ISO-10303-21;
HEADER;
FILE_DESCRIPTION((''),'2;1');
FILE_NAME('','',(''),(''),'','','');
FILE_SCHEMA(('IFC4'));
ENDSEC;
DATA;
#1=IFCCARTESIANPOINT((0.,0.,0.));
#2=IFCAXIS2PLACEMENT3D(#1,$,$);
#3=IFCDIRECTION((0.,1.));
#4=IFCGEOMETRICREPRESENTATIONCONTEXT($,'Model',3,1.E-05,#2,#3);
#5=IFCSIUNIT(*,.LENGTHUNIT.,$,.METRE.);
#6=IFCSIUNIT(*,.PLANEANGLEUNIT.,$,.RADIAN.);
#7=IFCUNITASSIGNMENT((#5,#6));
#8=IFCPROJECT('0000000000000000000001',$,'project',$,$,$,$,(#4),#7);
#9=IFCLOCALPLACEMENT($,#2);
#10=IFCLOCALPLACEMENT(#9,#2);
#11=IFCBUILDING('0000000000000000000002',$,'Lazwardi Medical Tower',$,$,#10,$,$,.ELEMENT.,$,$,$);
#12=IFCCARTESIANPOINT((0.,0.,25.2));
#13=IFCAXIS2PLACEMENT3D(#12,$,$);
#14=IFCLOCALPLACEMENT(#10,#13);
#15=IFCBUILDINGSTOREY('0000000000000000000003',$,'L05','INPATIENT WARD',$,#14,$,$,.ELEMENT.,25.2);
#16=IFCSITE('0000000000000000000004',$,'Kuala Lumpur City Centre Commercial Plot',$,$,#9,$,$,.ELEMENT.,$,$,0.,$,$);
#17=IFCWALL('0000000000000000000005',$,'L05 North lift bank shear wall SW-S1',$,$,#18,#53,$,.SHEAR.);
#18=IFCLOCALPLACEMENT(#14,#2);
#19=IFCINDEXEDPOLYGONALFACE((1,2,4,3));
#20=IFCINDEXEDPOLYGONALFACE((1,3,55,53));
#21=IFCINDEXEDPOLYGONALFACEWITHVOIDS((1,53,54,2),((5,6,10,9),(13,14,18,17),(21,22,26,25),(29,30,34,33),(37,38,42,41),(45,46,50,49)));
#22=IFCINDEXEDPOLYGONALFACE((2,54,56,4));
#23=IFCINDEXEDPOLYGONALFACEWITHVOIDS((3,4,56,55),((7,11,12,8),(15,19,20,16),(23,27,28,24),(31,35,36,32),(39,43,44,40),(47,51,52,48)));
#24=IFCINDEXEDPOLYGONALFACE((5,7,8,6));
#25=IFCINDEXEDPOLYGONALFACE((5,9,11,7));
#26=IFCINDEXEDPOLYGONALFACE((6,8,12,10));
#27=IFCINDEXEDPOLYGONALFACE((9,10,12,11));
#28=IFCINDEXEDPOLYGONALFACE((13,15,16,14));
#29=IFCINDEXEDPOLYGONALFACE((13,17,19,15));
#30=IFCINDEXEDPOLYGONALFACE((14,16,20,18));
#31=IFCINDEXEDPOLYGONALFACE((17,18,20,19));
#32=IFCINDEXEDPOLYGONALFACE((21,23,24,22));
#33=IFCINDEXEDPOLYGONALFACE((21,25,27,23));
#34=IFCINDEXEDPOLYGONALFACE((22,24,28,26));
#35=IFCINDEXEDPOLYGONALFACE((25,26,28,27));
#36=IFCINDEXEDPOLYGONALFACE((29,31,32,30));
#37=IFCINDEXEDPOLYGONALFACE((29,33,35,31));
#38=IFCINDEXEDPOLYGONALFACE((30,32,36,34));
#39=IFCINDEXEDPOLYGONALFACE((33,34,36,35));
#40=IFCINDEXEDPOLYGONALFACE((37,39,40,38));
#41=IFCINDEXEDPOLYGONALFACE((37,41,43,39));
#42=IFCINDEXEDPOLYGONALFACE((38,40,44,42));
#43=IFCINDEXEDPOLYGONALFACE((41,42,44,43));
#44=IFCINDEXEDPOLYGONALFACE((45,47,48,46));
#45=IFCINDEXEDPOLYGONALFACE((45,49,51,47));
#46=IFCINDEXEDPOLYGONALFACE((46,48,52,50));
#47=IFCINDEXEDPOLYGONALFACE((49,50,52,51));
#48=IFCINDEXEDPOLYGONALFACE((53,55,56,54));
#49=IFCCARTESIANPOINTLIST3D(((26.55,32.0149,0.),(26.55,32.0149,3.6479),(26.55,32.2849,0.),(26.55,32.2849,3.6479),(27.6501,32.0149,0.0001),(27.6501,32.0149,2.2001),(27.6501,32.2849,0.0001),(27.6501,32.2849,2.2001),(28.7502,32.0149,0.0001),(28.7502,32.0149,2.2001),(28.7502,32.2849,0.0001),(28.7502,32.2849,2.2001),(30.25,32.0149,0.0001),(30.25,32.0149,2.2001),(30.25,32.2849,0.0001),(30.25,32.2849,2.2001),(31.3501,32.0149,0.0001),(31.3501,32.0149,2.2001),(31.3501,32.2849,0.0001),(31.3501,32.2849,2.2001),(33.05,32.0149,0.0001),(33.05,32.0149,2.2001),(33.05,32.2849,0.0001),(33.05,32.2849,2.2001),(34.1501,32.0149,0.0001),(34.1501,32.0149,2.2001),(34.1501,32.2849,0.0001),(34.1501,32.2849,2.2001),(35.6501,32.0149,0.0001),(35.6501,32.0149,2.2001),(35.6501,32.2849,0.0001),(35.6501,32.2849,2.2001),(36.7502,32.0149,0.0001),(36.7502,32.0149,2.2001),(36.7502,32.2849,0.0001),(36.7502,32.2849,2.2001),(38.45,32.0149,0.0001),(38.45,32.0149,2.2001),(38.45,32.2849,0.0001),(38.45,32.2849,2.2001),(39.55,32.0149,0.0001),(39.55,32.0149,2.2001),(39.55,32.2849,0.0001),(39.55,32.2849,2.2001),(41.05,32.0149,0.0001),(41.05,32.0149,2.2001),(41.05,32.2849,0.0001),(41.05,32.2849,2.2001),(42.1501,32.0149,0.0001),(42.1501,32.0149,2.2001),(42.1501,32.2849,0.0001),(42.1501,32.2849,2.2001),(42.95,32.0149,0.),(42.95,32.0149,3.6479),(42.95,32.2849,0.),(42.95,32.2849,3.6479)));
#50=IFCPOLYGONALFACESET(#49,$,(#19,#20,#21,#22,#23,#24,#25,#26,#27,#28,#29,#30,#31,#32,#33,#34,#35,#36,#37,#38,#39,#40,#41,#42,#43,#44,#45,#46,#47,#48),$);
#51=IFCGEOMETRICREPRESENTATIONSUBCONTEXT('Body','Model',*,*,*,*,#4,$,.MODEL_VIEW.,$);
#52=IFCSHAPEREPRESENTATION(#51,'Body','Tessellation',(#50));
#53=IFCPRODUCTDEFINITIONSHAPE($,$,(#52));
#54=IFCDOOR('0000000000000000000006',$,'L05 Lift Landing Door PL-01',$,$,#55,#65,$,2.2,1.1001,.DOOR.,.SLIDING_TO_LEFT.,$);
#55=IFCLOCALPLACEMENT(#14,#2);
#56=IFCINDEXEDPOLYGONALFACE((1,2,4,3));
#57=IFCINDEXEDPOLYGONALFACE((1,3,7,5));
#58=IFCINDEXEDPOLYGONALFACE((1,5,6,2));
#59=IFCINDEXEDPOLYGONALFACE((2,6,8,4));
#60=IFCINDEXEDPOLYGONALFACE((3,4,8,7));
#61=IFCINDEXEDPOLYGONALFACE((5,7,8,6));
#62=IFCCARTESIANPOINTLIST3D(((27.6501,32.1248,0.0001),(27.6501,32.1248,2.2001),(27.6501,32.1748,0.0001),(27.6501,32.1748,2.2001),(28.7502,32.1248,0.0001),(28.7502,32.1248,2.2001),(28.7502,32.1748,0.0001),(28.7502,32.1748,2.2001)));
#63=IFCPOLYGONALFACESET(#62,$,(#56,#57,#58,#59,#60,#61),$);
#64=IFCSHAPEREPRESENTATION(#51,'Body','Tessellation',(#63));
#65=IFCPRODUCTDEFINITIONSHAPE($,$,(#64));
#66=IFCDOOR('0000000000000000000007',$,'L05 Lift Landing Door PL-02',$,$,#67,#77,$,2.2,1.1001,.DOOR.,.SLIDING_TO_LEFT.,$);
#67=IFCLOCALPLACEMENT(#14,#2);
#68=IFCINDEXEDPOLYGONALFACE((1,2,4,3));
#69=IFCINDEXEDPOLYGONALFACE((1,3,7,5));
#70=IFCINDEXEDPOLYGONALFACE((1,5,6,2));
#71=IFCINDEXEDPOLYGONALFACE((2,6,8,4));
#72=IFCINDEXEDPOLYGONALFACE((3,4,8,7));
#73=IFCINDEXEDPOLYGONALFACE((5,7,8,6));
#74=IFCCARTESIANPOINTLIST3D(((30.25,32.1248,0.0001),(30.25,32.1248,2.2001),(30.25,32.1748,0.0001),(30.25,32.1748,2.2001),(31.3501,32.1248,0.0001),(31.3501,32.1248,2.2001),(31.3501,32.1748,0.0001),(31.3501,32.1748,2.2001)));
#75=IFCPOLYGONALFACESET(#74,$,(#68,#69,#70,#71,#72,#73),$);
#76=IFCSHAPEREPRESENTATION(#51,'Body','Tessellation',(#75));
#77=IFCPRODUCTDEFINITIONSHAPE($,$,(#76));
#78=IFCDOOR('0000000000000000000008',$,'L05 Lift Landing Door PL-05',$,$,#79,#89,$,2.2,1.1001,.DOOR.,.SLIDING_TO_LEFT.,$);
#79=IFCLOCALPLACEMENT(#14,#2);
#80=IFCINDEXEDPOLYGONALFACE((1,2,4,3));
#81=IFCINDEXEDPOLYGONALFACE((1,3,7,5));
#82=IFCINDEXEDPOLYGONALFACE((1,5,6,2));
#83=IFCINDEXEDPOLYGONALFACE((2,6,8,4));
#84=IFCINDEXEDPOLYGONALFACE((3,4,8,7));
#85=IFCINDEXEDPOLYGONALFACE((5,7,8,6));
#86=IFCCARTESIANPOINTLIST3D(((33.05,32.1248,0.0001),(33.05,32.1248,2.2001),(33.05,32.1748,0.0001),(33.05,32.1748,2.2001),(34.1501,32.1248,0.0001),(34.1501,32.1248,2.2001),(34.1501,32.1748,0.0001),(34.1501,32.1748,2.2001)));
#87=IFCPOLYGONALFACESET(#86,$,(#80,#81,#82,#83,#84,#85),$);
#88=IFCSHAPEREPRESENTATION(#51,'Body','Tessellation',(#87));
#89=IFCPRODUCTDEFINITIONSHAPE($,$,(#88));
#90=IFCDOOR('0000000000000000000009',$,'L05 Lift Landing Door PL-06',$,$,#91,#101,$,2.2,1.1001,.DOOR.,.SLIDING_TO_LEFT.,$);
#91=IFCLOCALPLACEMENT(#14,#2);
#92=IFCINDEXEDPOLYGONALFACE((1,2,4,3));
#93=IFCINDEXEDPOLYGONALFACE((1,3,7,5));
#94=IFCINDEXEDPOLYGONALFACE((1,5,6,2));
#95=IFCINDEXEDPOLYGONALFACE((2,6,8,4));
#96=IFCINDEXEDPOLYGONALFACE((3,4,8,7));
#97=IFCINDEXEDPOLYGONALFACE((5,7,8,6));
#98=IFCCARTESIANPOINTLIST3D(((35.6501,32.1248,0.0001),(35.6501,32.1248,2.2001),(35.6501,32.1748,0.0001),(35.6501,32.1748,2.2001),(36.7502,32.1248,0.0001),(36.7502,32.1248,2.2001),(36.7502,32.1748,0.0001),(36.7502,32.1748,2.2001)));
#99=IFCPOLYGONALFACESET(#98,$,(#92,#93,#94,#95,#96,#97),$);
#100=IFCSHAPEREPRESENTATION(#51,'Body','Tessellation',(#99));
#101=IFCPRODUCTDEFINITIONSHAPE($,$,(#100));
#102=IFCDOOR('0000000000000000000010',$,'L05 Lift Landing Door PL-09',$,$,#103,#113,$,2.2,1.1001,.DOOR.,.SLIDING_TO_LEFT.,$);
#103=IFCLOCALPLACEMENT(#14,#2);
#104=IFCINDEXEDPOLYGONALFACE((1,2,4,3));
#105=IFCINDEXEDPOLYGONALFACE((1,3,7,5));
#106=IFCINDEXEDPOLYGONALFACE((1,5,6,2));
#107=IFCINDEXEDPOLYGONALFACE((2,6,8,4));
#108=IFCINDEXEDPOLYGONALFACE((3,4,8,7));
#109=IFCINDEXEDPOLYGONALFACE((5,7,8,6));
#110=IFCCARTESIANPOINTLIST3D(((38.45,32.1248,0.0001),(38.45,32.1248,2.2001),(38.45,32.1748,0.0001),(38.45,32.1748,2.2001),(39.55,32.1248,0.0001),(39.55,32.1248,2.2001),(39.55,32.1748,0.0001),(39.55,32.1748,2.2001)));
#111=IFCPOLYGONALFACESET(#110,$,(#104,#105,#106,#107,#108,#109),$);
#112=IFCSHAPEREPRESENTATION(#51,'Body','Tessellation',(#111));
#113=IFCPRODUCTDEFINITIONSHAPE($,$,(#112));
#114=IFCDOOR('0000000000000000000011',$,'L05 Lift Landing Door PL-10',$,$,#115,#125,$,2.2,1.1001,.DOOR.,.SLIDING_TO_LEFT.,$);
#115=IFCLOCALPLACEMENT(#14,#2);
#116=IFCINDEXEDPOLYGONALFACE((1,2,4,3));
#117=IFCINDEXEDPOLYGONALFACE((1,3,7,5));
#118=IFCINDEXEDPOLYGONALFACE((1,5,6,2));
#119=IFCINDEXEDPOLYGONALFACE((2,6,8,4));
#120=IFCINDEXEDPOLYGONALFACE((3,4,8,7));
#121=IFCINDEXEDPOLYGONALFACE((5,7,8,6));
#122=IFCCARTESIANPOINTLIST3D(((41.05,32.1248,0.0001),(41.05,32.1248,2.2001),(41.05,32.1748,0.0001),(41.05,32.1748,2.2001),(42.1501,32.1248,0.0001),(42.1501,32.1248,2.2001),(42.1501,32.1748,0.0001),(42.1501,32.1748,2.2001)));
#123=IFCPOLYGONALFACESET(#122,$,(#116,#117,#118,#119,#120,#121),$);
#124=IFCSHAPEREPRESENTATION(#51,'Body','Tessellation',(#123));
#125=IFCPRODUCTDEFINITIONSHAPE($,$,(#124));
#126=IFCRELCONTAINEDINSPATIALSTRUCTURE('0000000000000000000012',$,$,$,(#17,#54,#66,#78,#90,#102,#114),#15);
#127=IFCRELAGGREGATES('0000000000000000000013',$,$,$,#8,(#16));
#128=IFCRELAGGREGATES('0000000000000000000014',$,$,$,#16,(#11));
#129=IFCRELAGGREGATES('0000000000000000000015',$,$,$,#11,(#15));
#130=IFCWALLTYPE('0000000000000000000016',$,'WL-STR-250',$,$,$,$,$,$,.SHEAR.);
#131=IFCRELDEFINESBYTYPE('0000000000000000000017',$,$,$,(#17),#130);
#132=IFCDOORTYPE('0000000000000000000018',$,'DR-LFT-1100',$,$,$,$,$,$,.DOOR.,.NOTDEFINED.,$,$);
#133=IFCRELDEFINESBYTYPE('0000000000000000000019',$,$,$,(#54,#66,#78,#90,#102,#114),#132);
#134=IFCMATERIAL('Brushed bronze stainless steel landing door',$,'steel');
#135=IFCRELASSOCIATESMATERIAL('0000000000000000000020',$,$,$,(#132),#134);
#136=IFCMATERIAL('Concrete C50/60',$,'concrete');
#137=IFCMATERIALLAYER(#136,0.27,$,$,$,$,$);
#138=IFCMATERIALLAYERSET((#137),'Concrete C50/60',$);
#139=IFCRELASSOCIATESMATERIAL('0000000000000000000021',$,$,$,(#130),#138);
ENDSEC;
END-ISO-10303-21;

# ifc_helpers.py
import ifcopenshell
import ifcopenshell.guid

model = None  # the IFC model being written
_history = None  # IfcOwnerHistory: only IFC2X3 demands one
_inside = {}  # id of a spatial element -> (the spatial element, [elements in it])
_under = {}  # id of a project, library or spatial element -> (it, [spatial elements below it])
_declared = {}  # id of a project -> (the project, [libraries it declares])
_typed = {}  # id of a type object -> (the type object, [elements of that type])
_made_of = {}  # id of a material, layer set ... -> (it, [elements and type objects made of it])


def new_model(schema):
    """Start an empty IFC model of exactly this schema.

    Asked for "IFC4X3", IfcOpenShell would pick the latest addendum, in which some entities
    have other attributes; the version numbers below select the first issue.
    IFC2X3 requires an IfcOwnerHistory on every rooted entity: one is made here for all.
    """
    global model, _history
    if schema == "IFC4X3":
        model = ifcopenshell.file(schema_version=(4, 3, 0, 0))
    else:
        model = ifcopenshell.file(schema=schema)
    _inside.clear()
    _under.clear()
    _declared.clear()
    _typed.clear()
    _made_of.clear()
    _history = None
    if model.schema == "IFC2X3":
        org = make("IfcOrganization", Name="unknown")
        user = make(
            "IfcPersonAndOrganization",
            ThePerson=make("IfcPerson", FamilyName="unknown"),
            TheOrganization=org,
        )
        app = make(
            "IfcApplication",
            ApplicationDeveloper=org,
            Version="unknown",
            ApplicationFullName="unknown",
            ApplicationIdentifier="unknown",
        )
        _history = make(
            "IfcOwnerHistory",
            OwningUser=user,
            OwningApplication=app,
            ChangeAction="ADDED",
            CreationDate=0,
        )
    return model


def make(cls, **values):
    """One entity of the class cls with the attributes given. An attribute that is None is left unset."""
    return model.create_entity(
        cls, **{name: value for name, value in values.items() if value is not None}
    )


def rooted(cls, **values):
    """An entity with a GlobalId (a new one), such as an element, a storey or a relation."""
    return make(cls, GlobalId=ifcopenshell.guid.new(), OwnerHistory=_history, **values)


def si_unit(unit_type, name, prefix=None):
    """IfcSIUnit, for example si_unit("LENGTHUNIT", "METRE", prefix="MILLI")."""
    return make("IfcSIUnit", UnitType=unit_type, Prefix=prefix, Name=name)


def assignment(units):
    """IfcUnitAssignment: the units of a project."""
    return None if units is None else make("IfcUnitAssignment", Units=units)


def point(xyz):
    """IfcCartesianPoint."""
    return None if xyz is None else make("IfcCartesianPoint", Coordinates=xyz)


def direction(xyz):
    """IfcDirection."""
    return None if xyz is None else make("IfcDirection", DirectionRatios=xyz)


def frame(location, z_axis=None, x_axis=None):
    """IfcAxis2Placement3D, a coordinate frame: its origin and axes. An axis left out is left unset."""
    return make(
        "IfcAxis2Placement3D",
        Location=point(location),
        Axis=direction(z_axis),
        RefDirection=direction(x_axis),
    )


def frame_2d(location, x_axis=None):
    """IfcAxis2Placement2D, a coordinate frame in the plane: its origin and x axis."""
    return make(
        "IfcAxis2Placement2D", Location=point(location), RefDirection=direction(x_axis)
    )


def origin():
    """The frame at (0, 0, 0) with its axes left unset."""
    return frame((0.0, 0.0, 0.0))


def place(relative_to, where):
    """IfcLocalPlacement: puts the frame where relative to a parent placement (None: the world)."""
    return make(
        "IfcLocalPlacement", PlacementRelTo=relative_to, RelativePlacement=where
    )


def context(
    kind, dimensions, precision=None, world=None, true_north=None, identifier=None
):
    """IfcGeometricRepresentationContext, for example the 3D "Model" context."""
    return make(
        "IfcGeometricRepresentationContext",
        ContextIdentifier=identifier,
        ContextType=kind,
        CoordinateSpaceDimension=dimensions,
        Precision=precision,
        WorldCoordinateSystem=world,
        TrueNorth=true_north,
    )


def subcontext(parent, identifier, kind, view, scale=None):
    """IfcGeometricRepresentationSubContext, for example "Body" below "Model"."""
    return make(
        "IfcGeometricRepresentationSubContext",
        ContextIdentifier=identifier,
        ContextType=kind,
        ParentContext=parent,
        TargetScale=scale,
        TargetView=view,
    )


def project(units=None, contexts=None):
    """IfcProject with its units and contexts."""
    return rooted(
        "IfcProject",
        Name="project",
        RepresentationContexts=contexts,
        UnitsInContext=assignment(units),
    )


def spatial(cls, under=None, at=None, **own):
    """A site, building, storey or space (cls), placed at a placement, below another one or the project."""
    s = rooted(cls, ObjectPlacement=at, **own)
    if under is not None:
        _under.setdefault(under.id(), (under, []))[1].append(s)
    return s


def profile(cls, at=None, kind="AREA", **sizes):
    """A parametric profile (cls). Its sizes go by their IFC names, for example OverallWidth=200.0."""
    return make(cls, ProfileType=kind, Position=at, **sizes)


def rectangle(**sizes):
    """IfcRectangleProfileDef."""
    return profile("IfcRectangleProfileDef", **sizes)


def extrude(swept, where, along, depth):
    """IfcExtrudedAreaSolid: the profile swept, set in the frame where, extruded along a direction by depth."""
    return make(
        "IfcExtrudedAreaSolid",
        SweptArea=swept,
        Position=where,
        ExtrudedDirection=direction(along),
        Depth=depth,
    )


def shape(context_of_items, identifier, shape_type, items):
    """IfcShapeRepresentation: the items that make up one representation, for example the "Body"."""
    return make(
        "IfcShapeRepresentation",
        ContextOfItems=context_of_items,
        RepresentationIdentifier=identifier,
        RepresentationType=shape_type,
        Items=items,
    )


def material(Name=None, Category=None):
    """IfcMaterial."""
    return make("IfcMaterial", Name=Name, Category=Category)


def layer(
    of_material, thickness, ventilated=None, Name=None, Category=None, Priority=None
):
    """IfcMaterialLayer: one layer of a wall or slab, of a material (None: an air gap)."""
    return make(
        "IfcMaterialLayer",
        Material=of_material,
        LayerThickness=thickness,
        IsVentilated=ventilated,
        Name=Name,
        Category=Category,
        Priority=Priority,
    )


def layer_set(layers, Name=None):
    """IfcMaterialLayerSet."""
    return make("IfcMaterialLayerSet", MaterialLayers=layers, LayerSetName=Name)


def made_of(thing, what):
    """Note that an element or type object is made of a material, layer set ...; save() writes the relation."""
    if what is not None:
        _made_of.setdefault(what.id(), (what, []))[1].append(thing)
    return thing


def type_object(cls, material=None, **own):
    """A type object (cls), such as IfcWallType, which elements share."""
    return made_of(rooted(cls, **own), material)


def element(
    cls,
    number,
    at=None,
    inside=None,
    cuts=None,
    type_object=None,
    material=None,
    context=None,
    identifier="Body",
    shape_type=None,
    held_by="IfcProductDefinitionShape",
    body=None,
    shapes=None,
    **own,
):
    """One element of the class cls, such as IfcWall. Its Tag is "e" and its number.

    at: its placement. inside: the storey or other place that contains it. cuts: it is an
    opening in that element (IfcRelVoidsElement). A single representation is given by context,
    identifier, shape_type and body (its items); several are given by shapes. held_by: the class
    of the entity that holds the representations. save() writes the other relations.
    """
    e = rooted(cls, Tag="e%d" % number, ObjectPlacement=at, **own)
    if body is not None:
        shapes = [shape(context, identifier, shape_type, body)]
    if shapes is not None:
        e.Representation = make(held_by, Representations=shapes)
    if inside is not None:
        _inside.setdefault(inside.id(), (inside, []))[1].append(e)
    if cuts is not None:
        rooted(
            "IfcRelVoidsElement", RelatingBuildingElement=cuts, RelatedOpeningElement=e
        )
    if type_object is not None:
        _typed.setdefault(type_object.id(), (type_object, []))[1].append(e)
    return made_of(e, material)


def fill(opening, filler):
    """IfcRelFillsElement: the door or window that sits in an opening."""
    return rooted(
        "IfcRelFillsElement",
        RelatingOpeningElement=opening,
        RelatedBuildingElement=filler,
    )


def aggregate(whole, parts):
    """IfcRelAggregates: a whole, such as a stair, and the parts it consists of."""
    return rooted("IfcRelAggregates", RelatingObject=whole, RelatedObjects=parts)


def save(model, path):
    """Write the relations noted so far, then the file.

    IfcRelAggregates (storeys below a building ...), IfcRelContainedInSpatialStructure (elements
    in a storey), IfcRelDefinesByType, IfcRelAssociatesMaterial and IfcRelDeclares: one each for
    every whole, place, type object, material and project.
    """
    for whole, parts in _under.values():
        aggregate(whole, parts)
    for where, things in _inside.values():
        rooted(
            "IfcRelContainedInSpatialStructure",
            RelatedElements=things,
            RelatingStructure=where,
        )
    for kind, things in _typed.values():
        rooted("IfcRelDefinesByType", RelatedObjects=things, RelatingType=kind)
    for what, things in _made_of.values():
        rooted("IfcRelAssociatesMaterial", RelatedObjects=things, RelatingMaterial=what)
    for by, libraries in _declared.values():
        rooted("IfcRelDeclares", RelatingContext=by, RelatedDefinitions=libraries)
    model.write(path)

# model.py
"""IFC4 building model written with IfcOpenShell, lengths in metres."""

from ifc_helpers import new_model, si_unit, direction, frame, frame_2d, origin, place, context, subcontext, project, spatial, rectangle, extrude, material, layer, layer_set, type_object, element, fill, save


model = new_model("IFC4")

# Units and contexts
model_context = context("Model", 3, precision=1e-05, world=origin(), true_north=direction((0.0, 1.0)))
body_context = subcontext(model_context, "Body", "Model", "MODEL_VIEW")
ifc_project = project(units=[si_unit("LENGTHUNIT", "METRE"), si_unit("PLANEANGLEUNIT", "RADIAN")], contexts=[model_context])

# Site, building, storey
site_placement = place(None, origin())
site = spatial("IfcSite", under=ifc_project, at=site_placement, Name="Kuala Lumpur City Centre Commercial Plot", CompositionType="ELEMENT", RefElevation=0.0)
building_placement = place(site_placement, origin())
building = spatial("IfcBuilding", under=site, at=building_placement, Name="Lazwardi Medical Tower", CompositionType="ELEMENT")
storey_placement = place(building_placement, frame((0.0, 0.0, 25.2)))
storey = spatial("IfcBuildingStorey", under=building, at=storey_placement, Name="L05", Description="INPATIENT WARD", CompositionType="ELEMENT", Elevation=25.2)

# Shared definitions
ifc_material_1 = material(Name="Brushed bronze stainless steel landing door", Category="steel")
door_type_1 = type_object("IfcDoorType", Name="DR-LFT-1100", OperationType="NOTDEFINED", PredefinedType="DOOR", material=ifc_material_1)

# Shared definitions
ifc_material_2 = material(Name="Concrete C50/60", Category="concrete")
ifc_layer_1 = layer(ifc_material_2, 0.27)
ifc_layer_set_1 = layer_set([ifc_layer_1], Name="Concrete C50/60")
wall_type_1 = type_object("IfcWallType", Name="WL-STR-250", PredefinedType="SHEAR", material=ifc_layer_set_1)

# Wall, openings, doors
wall_1_placement = place(storey_placement, frame((26.55, 32.1499, 0.0), z_axis=(0.0, 0.0, 1.0), x_axis=(1.0, 0.0, 0.0)))
wall_1 = element("IfcWall", 1, at=wall_1_placement, inside=storey, type_object=wall_type_1, Name="L05 North lift bank shear wall SW-S1", PredefinedType="SHEAR", context=body_context, shape_type="SweptSolid", body=[
    extrude(rectangle(XDim=16.3999, YDim=0.27, at=frame_2d((8.2, 0.0))), origin(), (0.0, 0.0, 1.0), 3.6479),
])
opening_1_placement = place(wall_1_placement, frame((1.1001, 0.0, 0.0)))
opening_1 = element("IfcOpeningElement", 2, at=opening_1_placement, cuts=wall_1, PredefinedType="OPENING", context=body_context, shape_type="SweptSolid", body=[
    extrude(rectangle(XDim=1.1001, YDim=2.2, at=frame_2d((0.55, 1.1001))), frame((0.0, 0.145, 0.0), z_axis=(0.0, -1.0, 0.0), x_axis=(1.0, 0.0, 0.0)), (0.0, 0.0, 1.0), 0.29),
])
opening_2_placement = place(wall_1_placement, frame((3.7, 0.0, 0.0)))
opening_2 = element("IfcOpeningElement", 3, at=opening_2_placement, cuts=wall_1, PredefinedType="OPENING", context=body_context, shape_type="SweptSolid", body=[
    extrude(rectangle(XDim=1.1001, YDim=2.2, at=frame_2d((0.55, 1.1001))), frame((0.0, 0.145, 0.0), z_axis=(0.0, -1.0, 0.0), x_axis=(1.0, 0.0, 0.0)), (0.0, 0.0, 1.0), 0.29),
])
opening_3_placement = place(wall_1_placement, frame((6.5, 0.0, 0.0)))
opening_3 = element("IfcOpeningElement", 4, at=opening_3_placement, cuts=wall_1, PredefinedType="OPENING", context=body_context, shape_type="SweptSolid", body=[
    extrude(rectangle(XDim=1.1001, YDim=2.2, at=frame_2d((0.55, 1.1001))), frame((0.0, 0.145, 0.0), z_axis=(0.0, -1.0, 0.0), x_axis=(1.0, 0.0, 0.0)), (0.0, 0.0, 1.0), 0.29),
])
opening_4_placement = place(wall_1_placement, frame((9.1001, 0.0, 0.0)))
opening_4 = element("IfcOpeningElement", 5, at=opening_4_placement, cuts=wall_1, PredefinedType="OPENING", context=body_context, shape_type="SweptSolid", body=[
    extrude(rectangle(XDim=1.1001, YDim=2.2, at=frame_2d((0.55, 1.1001))), frame((0.0, 0.145, 0.0), z_axis=(0.0, -1.0, 0.0), x_axis=(1.0, 0.0, 0.0)), (0.0, 0.0, 1.0), 0.29),
])
opening_5_placement = place(wall_1_placement, frame((11.8999, 0.0, 0.0)))
opening_5 = element("IfcOpeningElement", 6, at=opening_5_placement, cuts=wall_1, PredefinedType="OPENING", context=body_context, shape_type="SweptSolid", body=[
    extrude(rectangle(XDim=1.1001, YDim=2.2, at=frame_2d((0.55, 1.1001))), frame((0.0, 0.145, 0.0), z_axis=(0.0, -1.0, 0.0), x_axis=(1.0, 0.0, 0.0)), (0.0, 0.0, 1.0), 0.29),
])
opening_6_placement = place(wall_1_placement, frame((14.5, 0.0, 0.0)))
opening_6 = element("IfcOpeningElement", 7, at=opening_6_placement, cuts=wall_1, PredefinedType="OPENING", context=body_context, shape_type="SweptSolid", body=[
    extrude(rectangle(XDim=1.1001, YDim=2.2, at=frame_2d((0.55, 1.1001))), frame((0.0, 0.145, 0.0), z_axis=(0.0, -1.0, 0.0), x_axis=(1.0, 0.0, 0.0)), (0.0, 0.0, 1.0), 0.29),
])
door_1_placement = place(opening_1_placement, origin())
door_1 = element("IfcDoor", 8, at=door_1_placement, inside=storey, type_object=door_type_1, Name="L05 Lift Landing Door PL-01", OperationType="SLIDING_TO_LEFT", OverallHeight=2.2, OverallWidth=1.1001, PredefinedType="DOOR", context=body_context, shape_type="SweptSolid", body=[
    extrude(rectangle(XDim=1.1001, YDim=2.2, at=frame_2d((0.55, 1.1001))), frame((0.0, 0.0249, 0.0), z_axis=(0.0, -1.0, 0.0), x_axis=(1.0, 0.0, 0.0)), (0.0, 0.0, 1.0), 0.05),
])
fill(opening_1, door_1)
door_2_placement = place(opening_2_placement, origin())
door_2 = element("IfcDoor", 9, at=door_2_placement, inside=storey, type_object=door_type_1, Name="L05 Lift Landing Door PL-02", OperationType="SLIDING_TO_LEFT", OverallHeight=2.2, OverallWidth=1.1001, PredefinedType="DOOR", context=body_context, shape_type="SweptSolid", body=[
    extrude(rectangle(XDim=1.1001, YDim=2.2, at=frame_2d((0.55, 1.1001))), frame((0.0, 0.0249, 0.0), z_axis=(0.0, -1.0, 0.0), x_axis=(1.0, 0.0, 0.0)), (0.0, 0.0, 1.0), 0.05),
])
fill(opening_2, door_2)
door_3_placement = place(opening_3_placement, origin())
door_3 = element("IfcDoor", 10, at=door_3_placement, inside=storey, type_object=door_type_1, Name="L05 Lift Landing Door PL-05", OperationType="SLIDING_TO_LEFT", OverallHeight=2.2, OverallWidth=1.1001, PredefinedType="DOOR", context=body_context, shape_type="SweptSolid", body=[
    extrude(rectangle(XDim=1.1001, YDim=2.2, at=frame_2d((0.55, 1.1001))), frame((0.0, 0.0249, 0.0), z_axis=(0.0, -1.0, 0.0), x_axis=(1.0, 0.0, 0.0)), (0.0, 0.0, 1.0), 0.05),
])
fill(opening_3, door_3)
door_4_placement = place(opening_4_placement, origin())
door_4 = element("IfcDoor", 11, at=door_4_placement, inside=storey, type_object=door_type_1, Name="L05 Lift Landing Door PL-06", OperationType="SLIDING_TO_LEFT", OverallHeight=2.2, OverallWidth=1.1001, PredefinedType="DOOR", context=body_context, shape_type="SweptSolid", body=[
    extrude(rectangle(XDim=1.1001, YDim=2.2, at=frame_2d((0.55, 1.1001))), frame((0.0, 0.0249, 0.0), z_axis=(0.0, -1.0, 0.0), x_axis=(1.0, 0.0, 0.0)), (0.0, 0.0, 1.0), 0.05),
])
fill(opening_4, door_4)
door_5_placement = place(opening_5_placement, origin())
door_5 = element("IfcDoor", 12, at=door_5_placement, inside=storey, type_object=door_type_1, Name="L05 Lift Landing Door PL-09", OperationType="SLIDING_TO_LEFT", OverallHeight=2.2, OverallWidth=1.1001, PredefinedType="DOOR", context=body_context, shape_type="SweptSolid", body=[
    extrude(rectangle(XDim=1.1001, YDim=2.2, at=frame_2d((0.55, 1.1001))), frame((0.0, 0.0249, 0.0), z_axis=(0.0, -1.0, 0.0), x_axis=(1.0, 0.0, 0.0)), (0.0, 0.0, 1.0), 0.05),
])
fill(opening_5, door_5)
door_6_placement = place(opening_6_placement, origin())
door_6 = element("IfcDoor", 13, at=door_6_placement, inside=storey, type_object=door_type_1, Name="L05 Lift Landing Door PL-10", OperationType="SLIDING_TO_LEFT", OverallHeight=2.2, OverallWidth=1.1001, PredefinedType="DOOR", context=body_context, shape_type="SweptSolid", body=[
    extrude(rectangle(XDim=1.1001, YDim=2.2, at=frame_2d((0.55, 1.1001))), frame((0.0, 0.0249, 0.0), z_axis=(0.0, -1.0, 0.0), x_axis=(1.0, 0.0, 0.0)), (0.0, 0.0, 1.0), 0.05),
])
fill(opening_6, door_6)

save(model, "model.ifc")
